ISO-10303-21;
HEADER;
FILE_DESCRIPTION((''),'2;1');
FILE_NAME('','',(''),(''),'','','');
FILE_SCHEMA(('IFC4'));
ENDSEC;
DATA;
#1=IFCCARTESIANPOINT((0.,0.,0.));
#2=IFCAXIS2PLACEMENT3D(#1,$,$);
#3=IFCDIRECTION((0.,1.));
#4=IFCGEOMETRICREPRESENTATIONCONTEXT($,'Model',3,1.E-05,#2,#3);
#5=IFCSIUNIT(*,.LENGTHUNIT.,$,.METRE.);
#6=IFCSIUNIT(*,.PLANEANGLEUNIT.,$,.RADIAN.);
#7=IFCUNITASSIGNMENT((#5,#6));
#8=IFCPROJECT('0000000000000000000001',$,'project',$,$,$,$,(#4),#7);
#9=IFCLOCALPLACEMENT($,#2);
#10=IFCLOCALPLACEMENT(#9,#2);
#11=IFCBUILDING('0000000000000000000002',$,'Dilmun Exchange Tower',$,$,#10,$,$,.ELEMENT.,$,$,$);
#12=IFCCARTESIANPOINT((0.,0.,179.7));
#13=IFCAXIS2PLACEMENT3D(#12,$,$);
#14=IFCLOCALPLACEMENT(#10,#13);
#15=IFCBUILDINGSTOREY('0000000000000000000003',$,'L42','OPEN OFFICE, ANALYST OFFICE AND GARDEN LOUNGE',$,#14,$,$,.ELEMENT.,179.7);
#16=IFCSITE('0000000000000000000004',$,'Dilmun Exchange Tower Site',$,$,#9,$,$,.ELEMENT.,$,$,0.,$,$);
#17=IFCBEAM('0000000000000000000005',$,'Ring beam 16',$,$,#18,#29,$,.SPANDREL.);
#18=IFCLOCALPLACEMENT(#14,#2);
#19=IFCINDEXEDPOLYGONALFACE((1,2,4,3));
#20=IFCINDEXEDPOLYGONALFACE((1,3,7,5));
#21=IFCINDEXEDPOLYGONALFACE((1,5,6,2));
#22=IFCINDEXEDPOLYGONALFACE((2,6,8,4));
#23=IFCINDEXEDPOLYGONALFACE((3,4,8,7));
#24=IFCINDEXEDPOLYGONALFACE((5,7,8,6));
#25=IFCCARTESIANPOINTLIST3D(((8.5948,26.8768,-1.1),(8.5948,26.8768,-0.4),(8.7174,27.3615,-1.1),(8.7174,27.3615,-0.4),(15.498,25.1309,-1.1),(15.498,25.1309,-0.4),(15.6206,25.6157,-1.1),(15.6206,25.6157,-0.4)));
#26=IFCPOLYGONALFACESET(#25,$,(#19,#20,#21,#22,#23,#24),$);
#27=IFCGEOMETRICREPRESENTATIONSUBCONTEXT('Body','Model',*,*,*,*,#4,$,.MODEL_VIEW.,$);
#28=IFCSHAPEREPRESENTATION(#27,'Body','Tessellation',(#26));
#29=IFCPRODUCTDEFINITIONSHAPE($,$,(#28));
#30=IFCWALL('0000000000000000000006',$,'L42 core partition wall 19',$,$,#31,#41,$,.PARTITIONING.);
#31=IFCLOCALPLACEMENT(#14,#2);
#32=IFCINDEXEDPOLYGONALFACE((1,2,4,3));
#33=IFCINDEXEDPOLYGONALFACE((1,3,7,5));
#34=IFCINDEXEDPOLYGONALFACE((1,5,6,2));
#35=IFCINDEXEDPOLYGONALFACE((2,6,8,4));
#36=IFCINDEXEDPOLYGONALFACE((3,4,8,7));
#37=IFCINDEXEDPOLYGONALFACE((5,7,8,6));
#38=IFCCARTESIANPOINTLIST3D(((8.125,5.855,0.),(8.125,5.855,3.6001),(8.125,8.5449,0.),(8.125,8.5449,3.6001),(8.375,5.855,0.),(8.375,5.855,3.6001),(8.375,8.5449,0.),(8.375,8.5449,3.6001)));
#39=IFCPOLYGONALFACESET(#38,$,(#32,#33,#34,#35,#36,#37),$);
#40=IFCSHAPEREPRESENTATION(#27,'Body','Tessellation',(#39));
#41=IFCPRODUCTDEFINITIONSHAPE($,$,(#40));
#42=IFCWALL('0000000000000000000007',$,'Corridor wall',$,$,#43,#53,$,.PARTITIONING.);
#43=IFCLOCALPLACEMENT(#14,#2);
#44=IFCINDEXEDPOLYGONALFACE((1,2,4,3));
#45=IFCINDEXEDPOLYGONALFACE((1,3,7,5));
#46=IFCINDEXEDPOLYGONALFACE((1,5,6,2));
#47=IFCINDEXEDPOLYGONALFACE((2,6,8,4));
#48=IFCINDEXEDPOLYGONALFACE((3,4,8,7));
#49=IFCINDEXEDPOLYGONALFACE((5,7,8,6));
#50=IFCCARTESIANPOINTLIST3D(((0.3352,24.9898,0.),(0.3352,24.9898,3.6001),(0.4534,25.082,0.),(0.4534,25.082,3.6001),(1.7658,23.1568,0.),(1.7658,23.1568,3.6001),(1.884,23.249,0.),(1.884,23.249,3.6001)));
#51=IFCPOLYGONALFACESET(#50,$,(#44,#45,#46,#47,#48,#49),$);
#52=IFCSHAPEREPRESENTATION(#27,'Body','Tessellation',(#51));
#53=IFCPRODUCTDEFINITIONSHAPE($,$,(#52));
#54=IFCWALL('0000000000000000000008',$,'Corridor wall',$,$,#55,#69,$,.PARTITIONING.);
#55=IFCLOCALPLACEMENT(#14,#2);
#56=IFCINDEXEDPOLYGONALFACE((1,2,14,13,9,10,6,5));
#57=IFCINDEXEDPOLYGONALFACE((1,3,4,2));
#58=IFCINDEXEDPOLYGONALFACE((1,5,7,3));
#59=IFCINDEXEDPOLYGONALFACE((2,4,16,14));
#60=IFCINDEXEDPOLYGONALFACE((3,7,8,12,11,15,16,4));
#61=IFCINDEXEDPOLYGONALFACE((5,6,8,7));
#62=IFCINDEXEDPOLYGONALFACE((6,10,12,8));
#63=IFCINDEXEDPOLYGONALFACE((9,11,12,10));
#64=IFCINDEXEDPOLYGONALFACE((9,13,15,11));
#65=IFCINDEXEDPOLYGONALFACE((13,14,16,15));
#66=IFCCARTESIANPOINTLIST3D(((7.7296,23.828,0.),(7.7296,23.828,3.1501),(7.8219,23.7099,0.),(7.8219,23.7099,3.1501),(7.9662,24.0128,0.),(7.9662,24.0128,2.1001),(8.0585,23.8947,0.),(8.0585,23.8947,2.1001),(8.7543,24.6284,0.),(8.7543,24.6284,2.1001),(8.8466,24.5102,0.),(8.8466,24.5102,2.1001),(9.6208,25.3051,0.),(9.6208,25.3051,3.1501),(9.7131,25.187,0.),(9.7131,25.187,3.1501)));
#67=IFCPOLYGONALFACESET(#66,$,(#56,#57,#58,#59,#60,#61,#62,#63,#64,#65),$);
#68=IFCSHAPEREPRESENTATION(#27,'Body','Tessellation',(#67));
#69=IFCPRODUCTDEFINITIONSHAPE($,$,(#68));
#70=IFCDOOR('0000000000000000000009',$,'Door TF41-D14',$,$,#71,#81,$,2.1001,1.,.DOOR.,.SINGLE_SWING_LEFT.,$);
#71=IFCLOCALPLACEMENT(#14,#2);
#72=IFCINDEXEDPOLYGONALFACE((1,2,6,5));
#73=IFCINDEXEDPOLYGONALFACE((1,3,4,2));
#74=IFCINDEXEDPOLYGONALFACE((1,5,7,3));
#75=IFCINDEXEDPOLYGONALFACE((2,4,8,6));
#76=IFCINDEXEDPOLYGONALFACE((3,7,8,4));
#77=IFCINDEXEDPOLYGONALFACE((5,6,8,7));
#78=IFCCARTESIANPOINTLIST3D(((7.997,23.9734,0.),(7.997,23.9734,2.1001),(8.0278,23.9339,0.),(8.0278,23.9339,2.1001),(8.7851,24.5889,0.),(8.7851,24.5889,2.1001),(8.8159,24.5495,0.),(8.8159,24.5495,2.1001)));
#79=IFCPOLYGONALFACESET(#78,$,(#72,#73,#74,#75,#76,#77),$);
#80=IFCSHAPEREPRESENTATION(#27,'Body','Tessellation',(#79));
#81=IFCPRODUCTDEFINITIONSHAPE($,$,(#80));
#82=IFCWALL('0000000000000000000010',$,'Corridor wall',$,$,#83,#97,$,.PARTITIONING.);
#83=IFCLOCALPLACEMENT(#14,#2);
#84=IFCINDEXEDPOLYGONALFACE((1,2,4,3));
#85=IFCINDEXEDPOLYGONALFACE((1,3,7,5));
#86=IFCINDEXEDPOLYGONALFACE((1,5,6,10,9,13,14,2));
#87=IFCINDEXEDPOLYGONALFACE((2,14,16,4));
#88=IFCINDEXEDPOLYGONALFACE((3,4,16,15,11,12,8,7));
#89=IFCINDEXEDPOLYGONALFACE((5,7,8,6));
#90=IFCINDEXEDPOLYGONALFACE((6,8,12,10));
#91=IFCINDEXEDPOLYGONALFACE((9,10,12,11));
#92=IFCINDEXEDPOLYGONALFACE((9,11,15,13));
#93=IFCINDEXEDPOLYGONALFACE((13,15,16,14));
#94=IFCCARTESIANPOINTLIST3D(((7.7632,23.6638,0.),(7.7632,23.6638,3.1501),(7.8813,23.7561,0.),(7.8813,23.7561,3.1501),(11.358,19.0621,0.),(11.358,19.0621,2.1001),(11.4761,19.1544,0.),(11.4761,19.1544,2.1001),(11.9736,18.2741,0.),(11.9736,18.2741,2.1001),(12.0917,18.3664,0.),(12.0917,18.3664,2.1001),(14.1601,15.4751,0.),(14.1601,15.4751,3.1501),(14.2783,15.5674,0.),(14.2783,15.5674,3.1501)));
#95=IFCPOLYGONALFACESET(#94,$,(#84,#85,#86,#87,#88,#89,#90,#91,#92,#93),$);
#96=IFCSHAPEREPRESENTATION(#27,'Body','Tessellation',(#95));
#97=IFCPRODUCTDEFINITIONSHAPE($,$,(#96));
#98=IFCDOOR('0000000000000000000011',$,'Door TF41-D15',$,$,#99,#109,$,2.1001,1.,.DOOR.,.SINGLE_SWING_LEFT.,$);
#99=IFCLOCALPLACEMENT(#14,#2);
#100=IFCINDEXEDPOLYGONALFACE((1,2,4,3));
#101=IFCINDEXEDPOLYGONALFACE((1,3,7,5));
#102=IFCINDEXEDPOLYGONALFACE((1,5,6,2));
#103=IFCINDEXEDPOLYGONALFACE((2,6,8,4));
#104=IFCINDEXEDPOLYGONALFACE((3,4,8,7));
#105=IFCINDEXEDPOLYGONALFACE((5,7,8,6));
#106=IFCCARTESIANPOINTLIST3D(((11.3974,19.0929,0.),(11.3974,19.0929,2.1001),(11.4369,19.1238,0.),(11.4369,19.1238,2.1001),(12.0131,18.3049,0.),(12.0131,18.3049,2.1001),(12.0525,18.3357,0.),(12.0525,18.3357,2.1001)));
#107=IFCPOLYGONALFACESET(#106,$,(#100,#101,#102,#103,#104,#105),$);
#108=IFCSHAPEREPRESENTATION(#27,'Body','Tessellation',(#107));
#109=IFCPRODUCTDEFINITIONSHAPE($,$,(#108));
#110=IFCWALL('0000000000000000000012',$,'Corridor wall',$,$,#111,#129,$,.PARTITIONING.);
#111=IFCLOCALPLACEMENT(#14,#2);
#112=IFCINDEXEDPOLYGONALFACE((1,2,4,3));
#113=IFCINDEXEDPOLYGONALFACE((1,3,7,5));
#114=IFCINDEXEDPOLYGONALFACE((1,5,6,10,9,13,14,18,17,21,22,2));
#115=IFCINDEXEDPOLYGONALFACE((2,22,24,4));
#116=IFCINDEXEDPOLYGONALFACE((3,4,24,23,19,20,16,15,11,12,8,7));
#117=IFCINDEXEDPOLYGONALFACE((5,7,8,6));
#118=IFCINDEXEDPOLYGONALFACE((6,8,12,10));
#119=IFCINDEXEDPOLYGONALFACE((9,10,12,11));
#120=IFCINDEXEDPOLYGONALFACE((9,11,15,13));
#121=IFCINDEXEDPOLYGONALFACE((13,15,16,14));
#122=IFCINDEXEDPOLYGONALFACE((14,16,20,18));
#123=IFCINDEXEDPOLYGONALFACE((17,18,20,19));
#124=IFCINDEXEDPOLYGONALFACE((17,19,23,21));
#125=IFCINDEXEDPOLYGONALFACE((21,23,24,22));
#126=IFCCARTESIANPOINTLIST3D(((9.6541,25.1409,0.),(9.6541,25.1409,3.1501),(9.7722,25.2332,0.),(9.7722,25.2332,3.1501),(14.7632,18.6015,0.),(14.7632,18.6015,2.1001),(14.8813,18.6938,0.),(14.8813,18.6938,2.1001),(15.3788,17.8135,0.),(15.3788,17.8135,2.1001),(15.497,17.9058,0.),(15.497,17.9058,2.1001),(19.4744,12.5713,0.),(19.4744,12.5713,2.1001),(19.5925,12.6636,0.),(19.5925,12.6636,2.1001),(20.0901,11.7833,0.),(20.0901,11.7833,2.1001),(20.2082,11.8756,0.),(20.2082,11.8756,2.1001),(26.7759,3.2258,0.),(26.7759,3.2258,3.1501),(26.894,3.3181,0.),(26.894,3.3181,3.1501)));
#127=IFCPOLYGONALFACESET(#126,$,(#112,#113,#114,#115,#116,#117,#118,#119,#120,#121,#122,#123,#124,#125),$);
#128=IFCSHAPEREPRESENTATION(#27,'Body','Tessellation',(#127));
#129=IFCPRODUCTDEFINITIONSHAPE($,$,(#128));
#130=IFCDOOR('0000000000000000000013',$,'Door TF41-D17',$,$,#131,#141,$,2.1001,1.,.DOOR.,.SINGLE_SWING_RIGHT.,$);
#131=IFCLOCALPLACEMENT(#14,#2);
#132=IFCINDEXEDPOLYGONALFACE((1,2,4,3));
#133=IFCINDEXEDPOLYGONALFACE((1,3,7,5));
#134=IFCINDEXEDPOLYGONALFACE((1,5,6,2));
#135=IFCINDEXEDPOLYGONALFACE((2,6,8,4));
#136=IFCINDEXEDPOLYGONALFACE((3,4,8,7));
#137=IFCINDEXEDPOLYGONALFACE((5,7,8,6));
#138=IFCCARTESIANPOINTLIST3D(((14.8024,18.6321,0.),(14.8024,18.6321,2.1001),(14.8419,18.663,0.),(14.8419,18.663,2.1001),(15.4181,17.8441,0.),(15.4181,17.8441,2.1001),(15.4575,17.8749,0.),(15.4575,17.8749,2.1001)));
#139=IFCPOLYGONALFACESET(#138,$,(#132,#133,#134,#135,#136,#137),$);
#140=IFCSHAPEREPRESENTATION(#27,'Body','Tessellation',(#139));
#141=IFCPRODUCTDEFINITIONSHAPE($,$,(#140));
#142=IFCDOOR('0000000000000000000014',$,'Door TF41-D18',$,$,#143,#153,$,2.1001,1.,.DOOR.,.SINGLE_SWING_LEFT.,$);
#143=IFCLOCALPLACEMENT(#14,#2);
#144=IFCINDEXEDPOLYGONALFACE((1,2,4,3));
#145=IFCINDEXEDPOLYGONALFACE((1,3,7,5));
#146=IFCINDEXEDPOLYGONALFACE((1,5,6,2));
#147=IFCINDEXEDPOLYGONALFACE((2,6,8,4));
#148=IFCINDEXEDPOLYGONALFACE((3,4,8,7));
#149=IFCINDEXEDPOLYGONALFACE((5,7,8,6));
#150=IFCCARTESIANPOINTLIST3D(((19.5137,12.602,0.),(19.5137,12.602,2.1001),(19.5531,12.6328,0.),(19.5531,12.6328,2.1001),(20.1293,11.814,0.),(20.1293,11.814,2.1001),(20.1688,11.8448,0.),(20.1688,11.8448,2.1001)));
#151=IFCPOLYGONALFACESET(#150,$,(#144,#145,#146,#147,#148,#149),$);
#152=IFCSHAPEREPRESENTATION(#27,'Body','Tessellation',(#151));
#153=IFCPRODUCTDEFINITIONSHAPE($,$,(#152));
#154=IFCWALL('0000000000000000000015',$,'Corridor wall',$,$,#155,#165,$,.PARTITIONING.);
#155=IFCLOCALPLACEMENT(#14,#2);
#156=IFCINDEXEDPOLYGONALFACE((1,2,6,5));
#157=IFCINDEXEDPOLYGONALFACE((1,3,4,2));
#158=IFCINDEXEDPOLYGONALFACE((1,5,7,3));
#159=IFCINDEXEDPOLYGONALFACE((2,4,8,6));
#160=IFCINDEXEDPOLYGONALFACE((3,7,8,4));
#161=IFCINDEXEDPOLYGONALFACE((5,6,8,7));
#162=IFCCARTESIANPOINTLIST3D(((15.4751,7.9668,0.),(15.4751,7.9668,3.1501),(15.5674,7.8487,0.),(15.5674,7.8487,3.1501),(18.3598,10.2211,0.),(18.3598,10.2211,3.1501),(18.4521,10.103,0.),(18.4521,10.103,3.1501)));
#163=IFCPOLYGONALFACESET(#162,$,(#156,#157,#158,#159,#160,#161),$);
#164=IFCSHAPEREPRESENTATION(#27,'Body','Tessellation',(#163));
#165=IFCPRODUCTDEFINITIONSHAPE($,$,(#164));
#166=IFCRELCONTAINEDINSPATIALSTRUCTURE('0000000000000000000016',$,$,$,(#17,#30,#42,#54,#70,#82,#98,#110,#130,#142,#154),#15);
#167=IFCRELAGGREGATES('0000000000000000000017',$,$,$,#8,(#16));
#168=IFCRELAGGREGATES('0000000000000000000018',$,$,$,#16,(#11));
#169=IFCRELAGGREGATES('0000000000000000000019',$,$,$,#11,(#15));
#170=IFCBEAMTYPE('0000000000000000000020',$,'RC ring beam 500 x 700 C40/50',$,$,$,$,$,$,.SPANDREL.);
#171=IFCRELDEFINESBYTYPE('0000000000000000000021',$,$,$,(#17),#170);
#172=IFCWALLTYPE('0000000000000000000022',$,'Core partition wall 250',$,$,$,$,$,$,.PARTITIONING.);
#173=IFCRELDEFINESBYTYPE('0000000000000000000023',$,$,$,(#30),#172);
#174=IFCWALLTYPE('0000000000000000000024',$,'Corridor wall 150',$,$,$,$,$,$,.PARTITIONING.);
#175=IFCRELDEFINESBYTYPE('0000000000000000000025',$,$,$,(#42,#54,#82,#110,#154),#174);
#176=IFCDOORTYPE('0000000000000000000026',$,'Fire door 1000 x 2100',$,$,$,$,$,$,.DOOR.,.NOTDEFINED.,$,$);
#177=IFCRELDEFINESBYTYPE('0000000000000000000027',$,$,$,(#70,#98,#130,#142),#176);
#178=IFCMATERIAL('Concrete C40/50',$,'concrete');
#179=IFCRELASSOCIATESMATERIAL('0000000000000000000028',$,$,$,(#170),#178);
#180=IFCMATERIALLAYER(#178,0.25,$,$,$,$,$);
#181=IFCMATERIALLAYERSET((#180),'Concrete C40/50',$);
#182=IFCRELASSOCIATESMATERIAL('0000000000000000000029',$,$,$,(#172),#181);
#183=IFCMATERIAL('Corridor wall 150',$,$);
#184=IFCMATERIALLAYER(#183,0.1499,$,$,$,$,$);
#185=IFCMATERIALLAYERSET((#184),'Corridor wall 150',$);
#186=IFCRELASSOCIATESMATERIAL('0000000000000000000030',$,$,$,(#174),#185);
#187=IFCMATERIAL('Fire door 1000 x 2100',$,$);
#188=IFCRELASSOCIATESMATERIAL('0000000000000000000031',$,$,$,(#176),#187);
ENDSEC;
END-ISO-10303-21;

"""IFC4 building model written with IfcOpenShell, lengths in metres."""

from ifc_helpers import new_model, si_unit, direction, frame, frame_2d, origin, origin_2d, place, context, subcontext, project, spatial, rectangle, extrude, material, layer, layer_set, material_profile, profile_set, type_object, element, fill, save


model = new_model("IFC4")

# Units and contexts
model_context = context("Model", 3, precision=1e-05, world=origin(), true_north=direction((0.0, 1.0)))
body_context = subcontext(model_context, "Body", "Model", "MODEL_VIEW")
ifc_project = project(units=[si_unit("LENGTHUNIT", "METRE"), si_unit("PLANEANGLEUNIT", "RADIAN")], contexts=[model_context])

# Site, building, storey
site_placement = place(None, origin())
site = spatial("IfcSite", under=ifc_project, at=site_placement, Name="Dilmun Exchange Tower Site", CompositionType="ELEMENT", RefElevation=0.0)
building_placement = place(site_placement, origin())
building = spatial("IfcBuilding", under=site, at=building_placement, Name="Dilmun Exchange Tower", CompositionType="ELEMENT")
storey_placement = place(building_placement, frame((0.0, 0.0, 179.7)))
storey = spatial("IfcBuildingStorey", under=building, at=storey_placement, Name="L42", Description="OPEN OFFICE, ANALYST OFFICE AND GARDEN LOUNGE", CompositionType="ELEMENT", Elevation=179.7)

# Beam
ifc_material_1 = material(Name="Concrete C40/50", Category="concrete")
ifc_material_profile_1 = material_profile(ifc_material_1, rectangle(XDim=0.5, YDim=0.7, at=origin_2d()), Name="500 x 700")
ifc_profile_set_1 = profile_set([ifc_material_profile_1], Name="Concrete C40/50")
beam_type_1 = type_object("IfcBeamType", Name="RC ring beam 500 x 700 C40/50", PredefinedType="SPANDREL", material=ifc_profile_set_1)
beam_1_placement = place(storey_placement, frame((15.5593, 25.3733, -0.75), z_axis=(-0.969477, 0.245181, 0.0), x_axis=(-0.245181, -0.969477, 0.0)))
element("IfcBeam", 1, at=beam_1_placement, inside=storey, type_object=beam_type_1, Name="Ring beam 16", PredefinedType="SPANDREL", context=body_context, shape_type="SweptSolid", body=[
    extrude(rectangle(XDim=0.5, YDim=0.7, at=origin_2d()), origin(), (0.0, 0.0, 1.0), 7.1206),
])

# Walls
ifc_layer_1 = layer(ifc_material_1, 0.25)
ifc_layer_set_1 = layer_set([ifc_layer_1], Name="Concrete C40/50")
wall_type_1 = type_object("IfcWallType", Name="Core partition wall 250", PredefinedType="PARTITIONING", material=ifc_layer_set_1)
wall_1_placement = place(storey_placement, frame((8.25, 5.855, 0.0), z_axis=(0.0, 0.0, 1.0), x_axis=(0.0, 1.0, 0.0)))
element("IfcWall", 2, at=wall_1_placement, inside=storey, type_object=wall_type_1, Name="L42 core partition wall 19", PredefinedType="PARTITIONING", context=body_context, shape_type="SweptSolid", body=[
    extrude(rectangle(XDim=2.6899, YDim=0.25, at=frame_2d((1.345, 0.0))), origin(), (0.0, 0.0, 1.0), 3.6001),
])
ifc_material_2 = material(Name="Corridor wall 150")
ifc_layer_2 = layer(ifc_material_2, 0.1499)
ifc_layer_set_2 = layer_set([ifc_layer_2], Name="Corridor wall 150")
wall_type_2 = type_object("IfcWallType", Name="Corridor wall 150", PredefinedType="PARTITIONING", material=ifc_layer_set_2)
wall_2_placement = place(storey_placement, frame((0.3943, 25.0359, 0.0), z_axis=(0.0, 0.0, 1.0), x_axis=(0.615277, -0.788311, 0.0)))
element("IfcWall", 3, at=wall_2_placement, inside=storey, type_object=wall_type_2, Name="Corridor wall", PredefinedType="PARTITIONING", context=body_context, shape_type="SweptSolid", body=[
    extrude(rectangle(XDim=2.3252, YDim=0.1499, at=frame_2d((1.1626, 0.0))), origin(), (0.0, 0.0, 1.0), 3.6001),
])

# Walls, openings, doors
wall_3_placement = place(storey_placement, frame((7.7759, 23.769, 0.0), z_axis=(0.0, 0.0, 1.0), x_axis=(0.788101, 0.615545, 0.0)))
wall_3 = element("IfcWall", 4, at=wall_3_placement, inside=storey, type_object=wall_type_2, Name="Corridor wall", PredefinedType="PARTITIONING", context=body_context, shape_type="SweptSolid", body=[
    extrude(rectangle(XDim=2.3997, YDim=0.1499, at=frame_2d((1.1997, 0.0))), origin(), (0.0, 0.0, 1.0), 3.1501),
])
opening_1_placement = place(wall_3_placement, frame((0.3, 0.0, 0.0)))
opening_1 = element("IfcOpeningElement", 5, at=opening_1_placement, cuts=wall_3, PredefinedType="OPENING", context=body_context, shape_type="SweptSolid", body=[
    extrude(rectangle(XDim=1.0, YDim=2.1001, at=frame_2d((0.5, 1.05))), frame((0.0, 0.085, 0.0), z_axis=(0.0, -1.0, 0.0), x_axis=(1.0, 0.0, 0.0)), (0.0, 0.0, 1.0), 0.1699),
])
ifc_material_3 = material(Name="Fire door 1000 x 2100")
door_type = type_object("IfcDoorType", Name="Fire door 1000 x 2100", OperationType="NOTDEFINED", PredefinedType="DOOR", material=ifc_material_3)
door_1_placement = place(opening_1_placement, origin())
door_1 = element("IfcDoor", 6, at=door_1_placement, inside=storey, type_object=door_type, Name="Door TF41-D14", OperationType="SINGLE_SWING_LEFT", OverallHeight=2.1001, OverallWidth=1.0, PredefinedType="DOOR", context=body_context, shape_type="SweptSolid", body=[
    extrude(rectangle(XDim=1.0, YDim=2.1001, at=frame_2d((0.5, 1.05))), frame((0.0, 0.0249, 0.0), z_axis=(0.0, -1.0, 0.0), x_axis=(1.0, 0.0, 0.0)), (0.0, 0.0, 1.0), 0.05),
])
fill(opening_1, door_1)
wall_4_placement = place(storey_placement, frame((7.8223, 23.71, 0.0), z_axis=(0.0, 0.0, 1.0), x_axis=(0.615616, -0.788046, 0.0)))
wall_4 = element("IfcWall", 7, at=wall_4_placement, inside=storey, type_object=wall_type_2, Name="Corridor wall", PredefinedType="PARTITIONING", context=body_context, shape_type="SweptSolid", body=[
    extrude(rectangle(XDim=10.3911, YDim=0.1499, at=frame_2d((5.1956, 0.0))), origin(), (0.0, 0.0, 1.0), 3.1501),
])
opening_2_placement = place(wall_4_placement, frame((5.8394, 0.0, 0.0)))
opening_2 = element("IfcOpeningElement", 8, at=opening_2_placement, cuts=wall_4, PredefinedType="OPENING", context=body_context, shape_type="SweptSolid", body=[
    extrude(rectangle(XDim=1.0, YDim=2.1001, at=frame_2d((0.5, 1.05))), frame((0.0, 0.085, 0.0), z_axis=(0.0, -1.0, 0.0), x_axis=(1.0, 0.0, 0.0)), (0.0, 0.0, 1.0), 0.1699),
])
door_2_placement = place(opening_2_placement, frame((1.0, 0.0, 0.0), z_axis=(0.0, 0.0, 1.0), x_axis=(-1.0, 0.0, 0.0)))
door_2 = element("IfcDoor", 9, at=door_2_placement, inside=storey, type_object=door_type, Name="Door TF41-D15", OperationType="SINGLE_SWING_LEFT", OverallHeight=2.1001, OverallWidth=1.0, PredefinedType="DOOR", context=body_context, shape_type="SweptSolid", body=[
    extrude(rectangle(XDim=1.0, YDim=2.1001, at=frame_2d((0.5, 1.05))), frame((0.0, 0.0249, 0.0), z_axis=(0.0, -1.0, 0.0), x_axis=(1.0, 0.0, 0.0)), (0.0, 0.0, 1.0), 0.05),
])
fill(opening_2, door_2)

# Wall, openings, doors
wall_5_placement = place(storey_placement, frame((9.7131, 25.187, 0.0), z_axis=(0.0, 0.0, 1.0), x_axis=(0.61566, -0.788012, 0.0)))
wall_5 = element("IfcWall", 10, at=wall_5_placement, inside=storey, type_object=wall_type_2, Name="Corridor wall", PredefinedType="PARTITIONING", context=body_context, shape_type="SweptSolid", body=[
    extrude(rectangle(XDim=27.8105, YDim=0.1499, at=frame_2d((13.9053, 0.0))), origin(), (0.0, 0.0, 1.0), 3.1501),
])
opening_3_placement = place(wall_5_placement, frame((8.2986, 0.0, 0.0)))
opening_3 = element("IfcOpeningElement", 11, at=opening_3_placement, cuts=wall_5, PredefinedType="OPENING", context=body_context, shape_type="SweptSolid", body=[
    extrude(rectangle(XDim=1.0, YDim=2.1001, at=frame_2d((0.5, 1.05))), frame((0.0, 0.085, 0.0), z_axis=(0.0, -1.0, 0.0), x_axis=(1.0, 0.0, 0.0)), (0.0, 0.0, 1.0), 0.1699),
])
opening_4_placement = place(wall_5_placement, frame((15.9509, 0.0, 0.0)))
opening_4 = element("IfcOpeningElement", 12, at=opening_4_placement, cuts=wall_5, PredefinedType="OPENING", context=body_context, shape_type="SweptSolid", body=[
    extrude(rectangle(XDim=1.0, YDim=2.1001, at=frame_2d((0.5, 1.05))), frame((0.0, 0.085, 0.0), z_axis=(0.0, -1.0, 0.0), x_axis=(1.0, 0.0, 0.0)), (0.0, 0.0, 1.0), 0.1699),
])
door_3_placement = place(opening_3_placement, origin())
door_3 = element("IfcDoor", 13, at=door_3_placement, inside=storey, type_object=door_type, Name="Door TF41-D17", OperationType="SINGLE_SWING_RIGHT", OverallHeight=2.1001, OverallWidth=1.0, PredefinedType="DOOR", context=body_context, shape_type="SweptSolid", body=[
    extrude(rectangle(XDim=1.0, YDim=2.1001, at=frame_2d((0.5, 1.05))), frame((0.0, 0.0249, 0.0), z_axis=(0.0, -1.0, 0.0), x_axis=(1.0, 0.0, 0.0)), (0.0, 0.0, 1.0), 0.05),
])
fill(opening_3, door_3)
door_4_placement = place(opening_4_placement, origin())
door_4 = element("IfcDoor", 14, at=door_4_placement, inside=storey, type_object=door_type, Name="Door TF41-D18", OperationType="SINGLE_SWING_LEFT", OverallHeight=2.1001, OverallWidth=1.0, PredefinedType="DOOR", context=body_context, shape_type="SweptSolid", body=[
    extrude(rectangle(XDim=1.0, YDim=2.1001, at=frame_2d((0.5, 1.05))), frame((0.0, 0.0249, 0.0), z_axis=(0.0, -1.0, 0.0), x_axis=(1.0, 0.0, 0.0)), (0.0, 0.0, 1.0), 0.05),
])
fill(opening_4, door_4)

# Wall
wall_6_placement = place(storey_placement, frame((15.5212, 7.9077, 0.0), z_axis=(0.0, 0.0, 1.0), x_axis=(0.787935, 0.615758, 0.0)))
element("IfcWall", 15, at=wall_6_placement, inside=storey, type_object=wall_type_2, Name="Corridor wall", PredefinedType="PARTITIONING", context=body_context, shape_type="SweptSolid", body=[
    extrude(rectangle(XDim=3.6611, YDim=0.1499, at=frame_2d((1.8306, 0.0))), origin(), (0.0, 0.0, 1.0), 3.1501),
])

save(model, "model.ifc")
